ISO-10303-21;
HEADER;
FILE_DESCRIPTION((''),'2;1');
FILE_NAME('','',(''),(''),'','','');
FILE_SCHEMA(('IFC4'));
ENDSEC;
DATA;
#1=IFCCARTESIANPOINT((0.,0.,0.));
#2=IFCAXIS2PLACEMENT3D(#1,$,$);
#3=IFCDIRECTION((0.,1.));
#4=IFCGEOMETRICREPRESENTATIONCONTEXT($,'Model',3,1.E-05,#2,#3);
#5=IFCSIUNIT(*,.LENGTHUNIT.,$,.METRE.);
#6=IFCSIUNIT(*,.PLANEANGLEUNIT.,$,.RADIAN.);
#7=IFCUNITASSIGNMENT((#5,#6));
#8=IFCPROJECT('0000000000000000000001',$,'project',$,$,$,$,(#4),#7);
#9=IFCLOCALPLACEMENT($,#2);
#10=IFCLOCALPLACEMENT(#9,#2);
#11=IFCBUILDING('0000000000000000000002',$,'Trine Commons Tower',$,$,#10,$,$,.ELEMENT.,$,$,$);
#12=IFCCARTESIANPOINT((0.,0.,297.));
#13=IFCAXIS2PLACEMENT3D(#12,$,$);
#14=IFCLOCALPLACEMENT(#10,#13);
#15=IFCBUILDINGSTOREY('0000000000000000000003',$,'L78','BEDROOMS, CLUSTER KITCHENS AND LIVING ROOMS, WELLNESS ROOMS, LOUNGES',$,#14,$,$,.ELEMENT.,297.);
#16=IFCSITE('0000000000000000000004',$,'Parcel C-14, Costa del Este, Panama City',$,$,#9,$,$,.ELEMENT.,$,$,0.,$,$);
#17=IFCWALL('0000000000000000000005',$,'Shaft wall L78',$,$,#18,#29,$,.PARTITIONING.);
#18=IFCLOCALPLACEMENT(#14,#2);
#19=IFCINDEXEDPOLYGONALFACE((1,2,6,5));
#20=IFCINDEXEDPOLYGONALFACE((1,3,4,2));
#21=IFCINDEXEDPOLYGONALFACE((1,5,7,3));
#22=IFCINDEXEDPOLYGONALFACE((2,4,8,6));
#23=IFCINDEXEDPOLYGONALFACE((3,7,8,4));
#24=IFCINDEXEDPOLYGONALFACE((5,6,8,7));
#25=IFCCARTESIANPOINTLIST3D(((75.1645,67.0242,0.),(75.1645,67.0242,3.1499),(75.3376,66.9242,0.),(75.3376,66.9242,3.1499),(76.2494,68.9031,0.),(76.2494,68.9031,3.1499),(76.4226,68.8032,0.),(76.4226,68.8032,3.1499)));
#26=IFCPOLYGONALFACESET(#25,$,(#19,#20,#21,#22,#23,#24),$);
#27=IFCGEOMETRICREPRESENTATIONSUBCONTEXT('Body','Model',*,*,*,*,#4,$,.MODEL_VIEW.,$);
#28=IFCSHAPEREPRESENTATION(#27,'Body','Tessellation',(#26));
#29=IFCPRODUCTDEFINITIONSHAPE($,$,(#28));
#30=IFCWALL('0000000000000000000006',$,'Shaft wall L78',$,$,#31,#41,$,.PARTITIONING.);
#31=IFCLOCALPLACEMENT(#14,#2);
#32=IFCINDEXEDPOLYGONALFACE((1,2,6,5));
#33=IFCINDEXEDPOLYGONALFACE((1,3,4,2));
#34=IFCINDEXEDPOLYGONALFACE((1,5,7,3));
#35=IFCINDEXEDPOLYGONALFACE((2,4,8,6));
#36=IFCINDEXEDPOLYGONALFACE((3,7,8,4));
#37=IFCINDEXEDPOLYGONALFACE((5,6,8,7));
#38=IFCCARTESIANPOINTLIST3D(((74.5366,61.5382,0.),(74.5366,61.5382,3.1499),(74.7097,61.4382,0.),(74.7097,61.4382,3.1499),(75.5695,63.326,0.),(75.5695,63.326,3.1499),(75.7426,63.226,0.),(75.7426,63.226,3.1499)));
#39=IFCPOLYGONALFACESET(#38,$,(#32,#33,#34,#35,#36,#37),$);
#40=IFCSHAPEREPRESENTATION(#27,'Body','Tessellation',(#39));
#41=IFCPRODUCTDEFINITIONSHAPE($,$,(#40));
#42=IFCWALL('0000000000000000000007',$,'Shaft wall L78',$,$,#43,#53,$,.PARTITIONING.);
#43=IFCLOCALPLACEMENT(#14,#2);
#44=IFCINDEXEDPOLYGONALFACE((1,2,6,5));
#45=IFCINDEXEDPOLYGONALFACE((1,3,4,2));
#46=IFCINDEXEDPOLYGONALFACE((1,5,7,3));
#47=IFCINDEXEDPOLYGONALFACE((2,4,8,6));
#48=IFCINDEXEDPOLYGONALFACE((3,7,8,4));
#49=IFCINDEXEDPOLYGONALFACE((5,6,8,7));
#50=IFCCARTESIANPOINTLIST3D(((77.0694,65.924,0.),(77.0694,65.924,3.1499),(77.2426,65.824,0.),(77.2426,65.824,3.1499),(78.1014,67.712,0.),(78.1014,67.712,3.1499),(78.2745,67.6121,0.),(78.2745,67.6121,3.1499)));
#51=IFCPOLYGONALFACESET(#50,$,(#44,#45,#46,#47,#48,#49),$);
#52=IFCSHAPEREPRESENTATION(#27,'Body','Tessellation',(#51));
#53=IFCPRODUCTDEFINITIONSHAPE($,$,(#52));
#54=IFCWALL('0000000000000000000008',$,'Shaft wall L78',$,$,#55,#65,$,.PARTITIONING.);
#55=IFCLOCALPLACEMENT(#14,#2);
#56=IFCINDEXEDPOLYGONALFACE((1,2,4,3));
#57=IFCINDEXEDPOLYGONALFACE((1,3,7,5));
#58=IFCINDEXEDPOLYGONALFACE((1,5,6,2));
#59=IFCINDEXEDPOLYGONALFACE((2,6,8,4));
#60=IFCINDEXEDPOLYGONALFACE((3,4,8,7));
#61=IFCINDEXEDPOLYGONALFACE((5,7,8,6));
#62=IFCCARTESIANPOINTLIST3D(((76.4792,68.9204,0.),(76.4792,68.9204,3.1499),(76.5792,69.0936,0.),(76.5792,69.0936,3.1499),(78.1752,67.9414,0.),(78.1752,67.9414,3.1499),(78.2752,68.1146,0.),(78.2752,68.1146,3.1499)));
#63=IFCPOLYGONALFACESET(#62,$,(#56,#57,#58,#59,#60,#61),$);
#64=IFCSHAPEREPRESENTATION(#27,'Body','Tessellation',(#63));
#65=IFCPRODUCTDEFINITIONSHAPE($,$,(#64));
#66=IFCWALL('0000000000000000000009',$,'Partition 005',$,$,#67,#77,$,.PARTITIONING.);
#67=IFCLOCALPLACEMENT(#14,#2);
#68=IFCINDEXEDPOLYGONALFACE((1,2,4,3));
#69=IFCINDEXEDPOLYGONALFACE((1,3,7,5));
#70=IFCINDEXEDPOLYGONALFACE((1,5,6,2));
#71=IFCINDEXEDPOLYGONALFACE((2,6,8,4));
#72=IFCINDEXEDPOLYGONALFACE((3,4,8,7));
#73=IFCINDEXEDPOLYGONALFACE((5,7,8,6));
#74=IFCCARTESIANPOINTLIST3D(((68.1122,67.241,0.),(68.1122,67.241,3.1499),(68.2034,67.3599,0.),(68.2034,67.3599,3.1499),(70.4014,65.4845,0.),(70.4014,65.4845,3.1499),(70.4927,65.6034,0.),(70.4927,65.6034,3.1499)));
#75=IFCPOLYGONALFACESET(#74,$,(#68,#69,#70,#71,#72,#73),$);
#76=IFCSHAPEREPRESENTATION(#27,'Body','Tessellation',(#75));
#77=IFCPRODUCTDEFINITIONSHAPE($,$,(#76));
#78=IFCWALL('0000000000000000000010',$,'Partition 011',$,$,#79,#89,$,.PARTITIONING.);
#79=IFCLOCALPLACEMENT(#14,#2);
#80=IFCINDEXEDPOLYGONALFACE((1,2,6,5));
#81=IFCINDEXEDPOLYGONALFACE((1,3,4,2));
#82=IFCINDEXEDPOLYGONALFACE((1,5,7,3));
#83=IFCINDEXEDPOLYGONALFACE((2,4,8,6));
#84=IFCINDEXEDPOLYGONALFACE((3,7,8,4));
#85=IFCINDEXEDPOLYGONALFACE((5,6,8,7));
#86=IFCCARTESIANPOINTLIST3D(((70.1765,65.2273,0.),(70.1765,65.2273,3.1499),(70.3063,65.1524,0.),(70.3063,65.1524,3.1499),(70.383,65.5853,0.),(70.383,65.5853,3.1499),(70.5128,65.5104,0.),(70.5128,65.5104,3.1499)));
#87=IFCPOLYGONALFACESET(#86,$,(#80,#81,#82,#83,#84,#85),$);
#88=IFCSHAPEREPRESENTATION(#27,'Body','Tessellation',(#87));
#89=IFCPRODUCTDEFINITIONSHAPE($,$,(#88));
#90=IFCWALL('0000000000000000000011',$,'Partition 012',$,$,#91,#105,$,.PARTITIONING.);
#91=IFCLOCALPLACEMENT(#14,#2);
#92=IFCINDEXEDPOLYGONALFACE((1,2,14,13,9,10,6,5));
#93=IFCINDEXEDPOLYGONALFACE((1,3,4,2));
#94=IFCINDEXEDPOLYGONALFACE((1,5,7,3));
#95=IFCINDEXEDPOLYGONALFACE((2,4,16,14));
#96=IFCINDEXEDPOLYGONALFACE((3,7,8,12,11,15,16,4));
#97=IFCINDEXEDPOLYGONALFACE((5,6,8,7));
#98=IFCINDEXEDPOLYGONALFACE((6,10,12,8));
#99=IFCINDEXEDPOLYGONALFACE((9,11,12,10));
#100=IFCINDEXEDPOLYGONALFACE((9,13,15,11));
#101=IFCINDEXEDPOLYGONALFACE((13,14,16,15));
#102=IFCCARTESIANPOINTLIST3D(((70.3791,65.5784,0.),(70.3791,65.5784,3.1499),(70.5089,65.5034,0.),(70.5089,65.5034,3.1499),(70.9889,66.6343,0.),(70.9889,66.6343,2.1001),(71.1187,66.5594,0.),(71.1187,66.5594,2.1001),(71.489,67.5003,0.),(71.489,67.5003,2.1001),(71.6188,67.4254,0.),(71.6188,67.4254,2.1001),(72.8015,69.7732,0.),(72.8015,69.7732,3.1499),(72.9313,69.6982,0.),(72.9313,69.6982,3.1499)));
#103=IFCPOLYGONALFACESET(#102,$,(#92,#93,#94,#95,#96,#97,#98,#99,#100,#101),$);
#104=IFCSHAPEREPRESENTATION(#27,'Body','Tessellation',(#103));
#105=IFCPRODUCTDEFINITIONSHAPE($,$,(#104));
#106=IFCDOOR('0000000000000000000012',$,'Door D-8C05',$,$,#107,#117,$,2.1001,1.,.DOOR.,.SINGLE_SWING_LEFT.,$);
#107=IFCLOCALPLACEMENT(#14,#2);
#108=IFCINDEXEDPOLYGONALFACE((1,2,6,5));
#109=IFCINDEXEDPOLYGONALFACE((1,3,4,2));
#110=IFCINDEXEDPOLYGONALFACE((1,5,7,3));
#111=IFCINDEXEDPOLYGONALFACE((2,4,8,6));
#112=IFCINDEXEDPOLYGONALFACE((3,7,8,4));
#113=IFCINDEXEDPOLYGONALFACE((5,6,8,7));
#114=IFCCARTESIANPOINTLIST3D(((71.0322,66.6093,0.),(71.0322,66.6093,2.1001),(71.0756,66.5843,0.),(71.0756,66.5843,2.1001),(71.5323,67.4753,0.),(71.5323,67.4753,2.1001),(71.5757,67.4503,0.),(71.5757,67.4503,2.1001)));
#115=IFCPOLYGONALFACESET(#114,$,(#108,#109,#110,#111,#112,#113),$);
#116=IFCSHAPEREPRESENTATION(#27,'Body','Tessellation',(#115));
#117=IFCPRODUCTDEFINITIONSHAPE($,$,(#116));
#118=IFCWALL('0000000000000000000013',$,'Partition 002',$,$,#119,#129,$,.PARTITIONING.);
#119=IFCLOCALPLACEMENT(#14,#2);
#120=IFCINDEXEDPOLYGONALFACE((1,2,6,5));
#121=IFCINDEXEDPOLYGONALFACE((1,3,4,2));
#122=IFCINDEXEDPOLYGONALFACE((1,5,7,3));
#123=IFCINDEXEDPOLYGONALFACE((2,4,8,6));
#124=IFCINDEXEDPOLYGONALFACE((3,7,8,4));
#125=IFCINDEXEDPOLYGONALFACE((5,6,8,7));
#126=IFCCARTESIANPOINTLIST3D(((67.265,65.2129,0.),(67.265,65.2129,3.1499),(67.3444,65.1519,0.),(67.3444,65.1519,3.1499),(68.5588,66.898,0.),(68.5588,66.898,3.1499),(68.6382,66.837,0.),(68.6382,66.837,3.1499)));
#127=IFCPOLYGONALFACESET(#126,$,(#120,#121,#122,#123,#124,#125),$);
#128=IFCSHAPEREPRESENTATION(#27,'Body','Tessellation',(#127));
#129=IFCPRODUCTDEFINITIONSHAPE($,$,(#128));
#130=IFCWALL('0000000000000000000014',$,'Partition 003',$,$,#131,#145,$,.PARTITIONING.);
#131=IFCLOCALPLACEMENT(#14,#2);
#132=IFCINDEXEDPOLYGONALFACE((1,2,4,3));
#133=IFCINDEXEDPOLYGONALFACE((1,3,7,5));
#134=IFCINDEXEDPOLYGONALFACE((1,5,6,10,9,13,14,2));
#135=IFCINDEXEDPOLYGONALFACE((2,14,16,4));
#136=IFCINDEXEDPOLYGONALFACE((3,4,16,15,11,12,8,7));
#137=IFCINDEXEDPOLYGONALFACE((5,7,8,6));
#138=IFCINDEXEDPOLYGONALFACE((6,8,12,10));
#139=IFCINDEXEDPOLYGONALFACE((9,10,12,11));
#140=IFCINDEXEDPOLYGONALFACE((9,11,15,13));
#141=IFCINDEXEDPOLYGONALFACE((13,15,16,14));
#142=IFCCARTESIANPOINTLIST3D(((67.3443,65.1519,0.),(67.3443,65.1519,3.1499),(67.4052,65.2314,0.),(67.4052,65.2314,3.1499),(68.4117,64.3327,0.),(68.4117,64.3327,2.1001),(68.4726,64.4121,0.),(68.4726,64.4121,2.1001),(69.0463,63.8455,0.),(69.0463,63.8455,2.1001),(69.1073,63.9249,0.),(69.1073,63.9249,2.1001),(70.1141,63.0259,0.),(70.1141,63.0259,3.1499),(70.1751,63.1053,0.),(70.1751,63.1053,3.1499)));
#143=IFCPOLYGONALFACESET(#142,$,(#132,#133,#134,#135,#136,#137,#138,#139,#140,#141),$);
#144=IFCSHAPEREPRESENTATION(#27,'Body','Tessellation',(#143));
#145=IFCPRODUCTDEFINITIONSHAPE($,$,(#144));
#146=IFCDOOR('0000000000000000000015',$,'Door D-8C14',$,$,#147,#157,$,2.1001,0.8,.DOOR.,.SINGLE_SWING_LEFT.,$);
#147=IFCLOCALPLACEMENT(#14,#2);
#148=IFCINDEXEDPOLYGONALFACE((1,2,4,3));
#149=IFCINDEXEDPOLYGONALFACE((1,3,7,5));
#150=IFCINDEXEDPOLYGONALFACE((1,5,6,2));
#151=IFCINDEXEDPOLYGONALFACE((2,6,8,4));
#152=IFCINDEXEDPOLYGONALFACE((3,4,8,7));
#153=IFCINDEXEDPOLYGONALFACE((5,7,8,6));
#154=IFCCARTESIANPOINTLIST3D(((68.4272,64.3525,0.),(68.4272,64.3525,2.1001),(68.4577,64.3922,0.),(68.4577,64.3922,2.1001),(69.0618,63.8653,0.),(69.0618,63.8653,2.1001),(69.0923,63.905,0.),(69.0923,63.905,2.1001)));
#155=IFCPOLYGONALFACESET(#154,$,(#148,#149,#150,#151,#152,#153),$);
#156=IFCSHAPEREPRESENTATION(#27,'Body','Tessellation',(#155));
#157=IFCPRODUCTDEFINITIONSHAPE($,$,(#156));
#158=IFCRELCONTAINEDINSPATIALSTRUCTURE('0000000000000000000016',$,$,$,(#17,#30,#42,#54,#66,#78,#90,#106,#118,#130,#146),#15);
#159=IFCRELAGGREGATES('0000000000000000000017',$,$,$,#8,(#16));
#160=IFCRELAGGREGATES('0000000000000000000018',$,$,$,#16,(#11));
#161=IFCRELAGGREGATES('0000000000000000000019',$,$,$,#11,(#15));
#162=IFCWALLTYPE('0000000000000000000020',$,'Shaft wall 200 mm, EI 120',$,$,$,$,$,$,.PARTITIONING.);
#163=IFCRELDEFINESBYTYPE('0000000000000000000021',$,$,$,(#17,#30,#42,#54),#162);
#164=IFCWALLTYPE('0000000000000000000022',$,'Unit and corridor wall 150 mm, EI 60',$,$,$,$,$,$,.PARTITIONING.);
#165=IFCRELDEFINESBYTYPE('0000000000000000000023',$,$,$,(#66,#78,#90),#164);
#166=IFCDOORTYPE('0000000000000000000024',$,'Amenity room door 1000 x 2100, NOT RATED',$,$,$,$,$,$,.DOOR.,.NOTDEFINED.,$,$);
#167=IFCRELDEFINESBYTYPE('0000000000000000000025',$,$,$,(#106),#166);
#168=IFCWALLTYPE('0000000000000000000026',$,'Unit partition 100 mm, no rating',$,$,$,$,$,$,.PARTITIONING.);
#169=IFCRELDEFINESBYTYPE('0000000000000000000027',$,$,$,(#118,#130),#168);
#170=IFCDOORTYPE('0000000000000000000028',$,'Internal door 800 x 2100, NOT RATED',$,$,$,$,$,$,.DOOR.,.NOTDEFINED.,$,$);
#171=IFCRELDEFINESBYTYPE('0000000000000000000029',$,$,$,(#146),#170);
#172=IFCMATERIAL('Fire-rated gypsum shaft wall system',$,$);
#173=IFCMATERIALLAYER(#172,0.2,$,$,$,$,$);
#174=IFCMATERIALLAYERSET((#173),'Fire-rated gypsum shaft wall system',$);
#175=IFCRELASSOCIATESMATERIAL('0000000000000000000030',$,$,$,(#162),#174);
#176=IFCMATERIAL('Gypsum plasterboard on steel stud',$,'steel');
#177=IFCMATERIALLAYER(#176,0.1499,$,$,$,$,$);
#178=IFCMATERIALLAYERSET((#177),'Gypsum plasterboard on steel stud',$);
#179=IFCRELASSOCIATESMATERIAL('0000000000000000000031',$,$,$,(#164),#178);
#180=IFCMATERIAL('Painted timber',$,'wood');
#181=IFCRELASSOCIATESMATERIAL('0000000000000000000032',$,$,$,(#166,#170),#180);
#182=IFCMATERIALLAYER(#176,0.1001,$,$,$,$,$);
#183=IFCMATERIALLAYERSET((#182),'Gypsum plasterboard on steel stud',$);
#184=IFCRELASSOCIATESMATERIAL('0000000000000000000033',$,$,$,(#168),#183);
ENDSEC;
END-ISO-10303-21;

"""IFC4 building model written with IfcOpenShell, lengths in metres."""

from ifc_helpers import new_model, si_unit, direction, frame, frame_2d, origin, place, context, subcontext, project, spatial, rectangle, extrude, material, layer, layer_set, type_object, element, fill, save


model = new_model("IFC4")

# Units and contexts
model_context = context("Model", 3, precision=1e-05, world=origin(), true_north=direction((0.0, 1.0)))
body_context = subcontext(model_context, "Body", "Model", "MODEL_VIEW")
ifc_project = project(units=[si_unit("LENGTHUNIT", "METRE"), si_unit("PLANEANGLEUNIT", "RADIAN")], contexts=[model_context])

# Site, building, storey
site_placement = place(None, origin())
site = spatial("IfcSite", under=ifc_project, at=site_placement, Name="Parcel C-14, Costa del Este, Panama City", CompositionType="ELEMENT", RefElevation=0.0)
building_placement = place(site_placement, origin())
building = spatial("IfcBuilding", under=site, at=building_placement, Name="Trine Commons Tower", CompositionType="ELEMENT")
storey_placement = place(building_placement, frame((0.0, 0.0, 297.0)))
storey = spatial("IfcBuildingStorey", under=building, at=storey_placement, Name="L78", Description="BEDROOMS, CLUSTER KITCHENS AND LIVING ROOMS, WELLNESS ROOMS, LOUNGES", CompositionType="ELEMENT", Elevation=297.0)

# Shared definitions
ifc_material_1 = material(Name="Fire-rated gypsum shaft wall system")

# Walls
ifc_layer_1 = layer(ifc_material_1, 0.2)
ifc_layer_set_1 = layer_set([ifc_layer_1], Name="Fire-rated gypsum shaft wall system")
wall_type_1 = type_object("IfcWallType", Name="Shaft wall 200 mm, EI 120", PredefinedType="PARTITIONING", material=ifc_layer_set_1)
wall_1_placement = place(storey_placement, frame((75.251, 66.9741, 0.0), z_axis=(0.0, 0.0, 1.0), x_axis=(0.50006, 0.865991, 0.0)))
element("IfcWall", 1, at=wall_1_placement, inside=storey, type_object=wall_type_1, Name="Shaft wall L78", PredefinedType="PARTITIONING", context=body_context, shape_type="SweptSolid", body=[
    extrude(rectangle(XDim=2.1697, YDim=0.2, at=frame_2d((1.085, 0.0))), origin(), (0.0, 0.0, 1.0), 3.1499),
])
wall_2_placement = place(storey_placement, frame((75.656, 63.2759, 0.0), z_axis=(0.0, 0.0, 1.0), x_axis=(-0.500272, -0.865868, 0.0)))
element("IfcWall", 2, at=wall_2_placement, inside=storey, type_object=wall_type_1, Name="Shaft wall L78", PredefinedType="PARTITIONING", context=body_context, shape_type="SweptSolid", body=[
    extrude(rectangle(XDim=2.0647, YDim=0.2, at=frame_2d((1.0322, 0.0))), origin(), (0.0, 0.0, 1.0), 3.1499),
])
wall_3_placement = place(storey_placement, frame((77.156, 65.874, 0.0), z_axis=(0.0, 0.0, 1.0), x_axis=(0.499866, 0.866103, 0.0)))
element("IfcWall", 3, at=wall_3_placement, inside=storey, type_object=wall_type_1, Name="Shaft wall L78", PredefinedType="PARTITIONING", context=body_context, shape_type="SweptSolid", body=[
    extrude(rectangle(XDim=2.0645, YDim=0.2, at=frame_2d((1.0322, 0.0))), origin(), (0.0, 0.0, 1.0), 3.1499),
])
wall_4_placement = place(storey_placement, frame((78.2251, 68.0281, 0.0), z_axis=(0.0, 0.0, 1.0), x_axis=(-0.866071, 0.49992, 0.0)))
element("IfcWall", 4, at=wall_4_placement, inside=storey, type_object=wall_type_1, Name="Shaft wall L78", PredefinedType="PARTITIONING", context=body_context, shape_type="SweptSolid", body=[
    extrude(rectangle(XDim=1.9583, YDim=0.2, at=frame_2d((0.979, 0.0))), origin(), (0.0, 0.0, 1.0), 3.1499),
])
ifc_material_2 = material(Name="Gypsum plasterboard on steel stud", Category="steel")
ifc_layer_2 = layer(ifc_material_2, 0.1499)
ifc_layer_set_2 = layer_set([ifc_layer_2], Name="Gypsum plasterboard on steel stud")
wall_type_2 = type_object("IfcWallType", Name="Unit and corridor wall 150 mm, EI 60", PredefinedType="PARTITIONING", material=ifc_layer_set_2)
wall_5_placement = place(storey_placement, frame((68.1577, 67.3005, 0.0), z_axis=(0.0, 0.0, 1.0), x_axis=(0.793363, -0.608749, 0.0)))
element("IfcWall", 5, at=wall_5_placement, inside=storey, type_object=wall_type_2, Name="Partition 005", PredefinedType="PARTITIONING", context=body_context, shape_type="SweptSolid", body=[
    extrude(rectangle(XDim=2.8855, YDim=0.1499, at=frame_2d((1.4429, 0.0))), origin(), (0.0, 0.0, 1.0), 3.1499),
])
wall_6_placement = place(storey_placement, frame((70.2415, 65.1899, 0.0), z_axis=(0.0, 0.0, 1.0), x_axis=(0.499569, 0.866274, 0.0)))
element("IfcWall", 6, at=wall_6_placement, inside=storey, type_object=wall_type_2, Name="Partition 011", PredefinedType="PARTITIONING", context=body_context, shape_type="SweptSolid", body=[
    extrude(rectangle(XDim=0.4133, YDim=0.1499, at=frame_2d((0.2065, 0.0))), origin(), (0.0, 0.0, 1.0), 3.1499),
])

# Wall, opening, door
wall_7_placement = place(storey_placement, frame((70.4441, 65.541, 0.0), z_axis=(0.0, 0.0, 1.0), x_axis=(0.500074, 0.865982, 0.0)))
wall_7 = element("IfcWall", 7, at=wall_7_placement, inside=storey, type_object=wall_type_2, Name="Partition 012", PredefinedType="PARTITIONING", context=body_context, shape_type="SweptSolid", body=[
    extrude(rectangle(XDim=4.844, YDim=0.1499, at=frame_2d((2.4219, 0.0))), origin(), (0.0, 0.0, 1.0), 3.1499),
])
opening_1_placement = place(wall_7_placement, frame((1.2192, 0.0, 0.0)))
opening_1 = element("IfcOpeningElement", 8, at=opening_1_placement, cuts=wall_7, PredefinedType="OPENING", context=body_context, shape_type="SweptSolid", body=[
    extrude(rectangle(XDim=1.0, YDim=2.1001, at=frame_2d((0.5, 1.05))), frame((0.0, 0.085, 0.0), z_axis=(0.0, -1.0, 0.0), x_axis=(1.0, 0.0, 0.0)), (0.0, 0.0, 1.0), 0.1699),
])
ifc_material_3 = material(Name="Painted timber", Category="wood")
door_type_1 = type_object("IfcDoorType", Name="Amenity room door 1000 x 2100, NOT RATED", OperationType="NOTDEFINED", PredefinedType="DOOR", material=ifc_material_3)
door_1_placement = place(opening_1_placement, origin())
door_1 = element("IfcDoor", 9, at=door_1_placement, inside=storey, type_object=door_type_1, Name="Door D-8C05", OperationType="SINGLE_SWING_LEFT", OverallHeight=2.1001, OverallWidth=1.0, PredefinedType="DOOR", context=body_context, shape_type="SweptSolid", body=[
    extrude(rectangle(XDim=1.0, YDim=2.1001, at=frame_2d((0.5, 1.05))), frame((0.0, 0.0249, 0.0), z_axis=(0.0, -1.0, 0.0), x_axis=(1.0, 0.0, 0.0)), (0.0, 0.0, 1.0), 0.05),
])
fill(opening_1, door_1)

# Wall
ifc_layer_3 = layer(ifc_material_2, 0.1001)
ifc_layer_set_3 = layer_set([ifc_layer_3], Name="Gypsum plasterboard on steel stud")
wall_type_3 = type_object("IfcWallType", Name="Unit partition 100 mm, no rating", PredefinedType="PARTITIONING", material=ifc_layer_set_3)
wall_8_placement = place(storey_placement, frame((67.3047, 65.1824, 0.0), z_axis=(0.0, 0.0, 1.0), x_axis=(0.608972, 0.793192, 0.0)))
element("IfcWall", 10, at=wall_8_placement, inside=storey, type_object=wall_type_3, Name="Partition 002", PredefinedType="PARTITIONING", context=body_context, shape_type="SweptSolid", body=[
    extrude(rectangle(XDim=2.1245, YDim=0.1001, at=frame_2d((1.0623, 0.0))), origin(), (0.0, 0.0, 1.0), 3.1499),
])

# Wall, opening, door
wall_9_placement = place(storey_placement, frame((67.3748, 65.1917, 0.0), z_axis=(0.0, 0.0, 1.0), x_axis=(0.793263, -0.608879, 0.0)))
wall_9 = element("IfcWall", 11, at=wall_9_placement, inside=storey, type_object=wall_type_3, Name="Partition 003", PredefinedType="PARTITIONING", context=body_context, shape_type="SweptSolid", body=[
    extrude(rectangle(XDim=3.4917, YDim=0.1001, at=frame_2d((1.7458, 0.0))), origin(), (0.0, 0.0, 1.0), 3.1499),
])
opening_2_placement = place(wall_9_placement, frame((1.3457, 0.0, 0.0)))
opening_2 = element("IfcOpeningElement", 12, at=opening_2_placement, cuts=wall_9, PredefinedType="OPENING", context=body_context, shape_type="SweptSolid", body=[
    extrude(rectangle(XDim=0.8, YDim=2.1001, at=frame_2d((0.3999, 1.05))), frame((0.0, 0.0601, 0.0), z_axis=(0.0, -1.0, 0.0), x_axis=(1.0, 0.0, 0.0)), (0.0, 0.0, 1.0), 0.1201),
])
door_type_2 = type_object("IfcDoorType", Name="Internal door 800 x 2100, NOT RATED", OperationType="NOTDEFINED", PredefinedType="DOOR", material=ifc_material_3)
door_2_placement = place(opening_2_placement, frame((0.8, 0.0, 0.0), z_axis=(0.0, 0.0, 1.0), x_axis=(-1.0, 0.0, 0.0)))
door_2 = element("IfcDoor", 13, at=door_2_placement, inside=storey, type_object=door_type_2, Name="Door D-8C14", OperationType="SINGLE_SWING_LEFT", OverallHeight=2.1001, OverallWidth=0.8, PredefinedType="DOOR", context=body_context, shape_type="SweptSolid", body=[
    extrude(rectangle(XDim=0.8, YDim=2.1001, at=frame_2d((0.3999, 1.05))), frame((0.0, 0.0249, 0.0), z_axis=(0.0, -1.0, 0.0), x_axis=(1.0, 0.0, 0.0)), (0.0, 0.0, 1.0), 0.05),
])
fill(opening_2, door_2)

save(model, "model.ifc")
